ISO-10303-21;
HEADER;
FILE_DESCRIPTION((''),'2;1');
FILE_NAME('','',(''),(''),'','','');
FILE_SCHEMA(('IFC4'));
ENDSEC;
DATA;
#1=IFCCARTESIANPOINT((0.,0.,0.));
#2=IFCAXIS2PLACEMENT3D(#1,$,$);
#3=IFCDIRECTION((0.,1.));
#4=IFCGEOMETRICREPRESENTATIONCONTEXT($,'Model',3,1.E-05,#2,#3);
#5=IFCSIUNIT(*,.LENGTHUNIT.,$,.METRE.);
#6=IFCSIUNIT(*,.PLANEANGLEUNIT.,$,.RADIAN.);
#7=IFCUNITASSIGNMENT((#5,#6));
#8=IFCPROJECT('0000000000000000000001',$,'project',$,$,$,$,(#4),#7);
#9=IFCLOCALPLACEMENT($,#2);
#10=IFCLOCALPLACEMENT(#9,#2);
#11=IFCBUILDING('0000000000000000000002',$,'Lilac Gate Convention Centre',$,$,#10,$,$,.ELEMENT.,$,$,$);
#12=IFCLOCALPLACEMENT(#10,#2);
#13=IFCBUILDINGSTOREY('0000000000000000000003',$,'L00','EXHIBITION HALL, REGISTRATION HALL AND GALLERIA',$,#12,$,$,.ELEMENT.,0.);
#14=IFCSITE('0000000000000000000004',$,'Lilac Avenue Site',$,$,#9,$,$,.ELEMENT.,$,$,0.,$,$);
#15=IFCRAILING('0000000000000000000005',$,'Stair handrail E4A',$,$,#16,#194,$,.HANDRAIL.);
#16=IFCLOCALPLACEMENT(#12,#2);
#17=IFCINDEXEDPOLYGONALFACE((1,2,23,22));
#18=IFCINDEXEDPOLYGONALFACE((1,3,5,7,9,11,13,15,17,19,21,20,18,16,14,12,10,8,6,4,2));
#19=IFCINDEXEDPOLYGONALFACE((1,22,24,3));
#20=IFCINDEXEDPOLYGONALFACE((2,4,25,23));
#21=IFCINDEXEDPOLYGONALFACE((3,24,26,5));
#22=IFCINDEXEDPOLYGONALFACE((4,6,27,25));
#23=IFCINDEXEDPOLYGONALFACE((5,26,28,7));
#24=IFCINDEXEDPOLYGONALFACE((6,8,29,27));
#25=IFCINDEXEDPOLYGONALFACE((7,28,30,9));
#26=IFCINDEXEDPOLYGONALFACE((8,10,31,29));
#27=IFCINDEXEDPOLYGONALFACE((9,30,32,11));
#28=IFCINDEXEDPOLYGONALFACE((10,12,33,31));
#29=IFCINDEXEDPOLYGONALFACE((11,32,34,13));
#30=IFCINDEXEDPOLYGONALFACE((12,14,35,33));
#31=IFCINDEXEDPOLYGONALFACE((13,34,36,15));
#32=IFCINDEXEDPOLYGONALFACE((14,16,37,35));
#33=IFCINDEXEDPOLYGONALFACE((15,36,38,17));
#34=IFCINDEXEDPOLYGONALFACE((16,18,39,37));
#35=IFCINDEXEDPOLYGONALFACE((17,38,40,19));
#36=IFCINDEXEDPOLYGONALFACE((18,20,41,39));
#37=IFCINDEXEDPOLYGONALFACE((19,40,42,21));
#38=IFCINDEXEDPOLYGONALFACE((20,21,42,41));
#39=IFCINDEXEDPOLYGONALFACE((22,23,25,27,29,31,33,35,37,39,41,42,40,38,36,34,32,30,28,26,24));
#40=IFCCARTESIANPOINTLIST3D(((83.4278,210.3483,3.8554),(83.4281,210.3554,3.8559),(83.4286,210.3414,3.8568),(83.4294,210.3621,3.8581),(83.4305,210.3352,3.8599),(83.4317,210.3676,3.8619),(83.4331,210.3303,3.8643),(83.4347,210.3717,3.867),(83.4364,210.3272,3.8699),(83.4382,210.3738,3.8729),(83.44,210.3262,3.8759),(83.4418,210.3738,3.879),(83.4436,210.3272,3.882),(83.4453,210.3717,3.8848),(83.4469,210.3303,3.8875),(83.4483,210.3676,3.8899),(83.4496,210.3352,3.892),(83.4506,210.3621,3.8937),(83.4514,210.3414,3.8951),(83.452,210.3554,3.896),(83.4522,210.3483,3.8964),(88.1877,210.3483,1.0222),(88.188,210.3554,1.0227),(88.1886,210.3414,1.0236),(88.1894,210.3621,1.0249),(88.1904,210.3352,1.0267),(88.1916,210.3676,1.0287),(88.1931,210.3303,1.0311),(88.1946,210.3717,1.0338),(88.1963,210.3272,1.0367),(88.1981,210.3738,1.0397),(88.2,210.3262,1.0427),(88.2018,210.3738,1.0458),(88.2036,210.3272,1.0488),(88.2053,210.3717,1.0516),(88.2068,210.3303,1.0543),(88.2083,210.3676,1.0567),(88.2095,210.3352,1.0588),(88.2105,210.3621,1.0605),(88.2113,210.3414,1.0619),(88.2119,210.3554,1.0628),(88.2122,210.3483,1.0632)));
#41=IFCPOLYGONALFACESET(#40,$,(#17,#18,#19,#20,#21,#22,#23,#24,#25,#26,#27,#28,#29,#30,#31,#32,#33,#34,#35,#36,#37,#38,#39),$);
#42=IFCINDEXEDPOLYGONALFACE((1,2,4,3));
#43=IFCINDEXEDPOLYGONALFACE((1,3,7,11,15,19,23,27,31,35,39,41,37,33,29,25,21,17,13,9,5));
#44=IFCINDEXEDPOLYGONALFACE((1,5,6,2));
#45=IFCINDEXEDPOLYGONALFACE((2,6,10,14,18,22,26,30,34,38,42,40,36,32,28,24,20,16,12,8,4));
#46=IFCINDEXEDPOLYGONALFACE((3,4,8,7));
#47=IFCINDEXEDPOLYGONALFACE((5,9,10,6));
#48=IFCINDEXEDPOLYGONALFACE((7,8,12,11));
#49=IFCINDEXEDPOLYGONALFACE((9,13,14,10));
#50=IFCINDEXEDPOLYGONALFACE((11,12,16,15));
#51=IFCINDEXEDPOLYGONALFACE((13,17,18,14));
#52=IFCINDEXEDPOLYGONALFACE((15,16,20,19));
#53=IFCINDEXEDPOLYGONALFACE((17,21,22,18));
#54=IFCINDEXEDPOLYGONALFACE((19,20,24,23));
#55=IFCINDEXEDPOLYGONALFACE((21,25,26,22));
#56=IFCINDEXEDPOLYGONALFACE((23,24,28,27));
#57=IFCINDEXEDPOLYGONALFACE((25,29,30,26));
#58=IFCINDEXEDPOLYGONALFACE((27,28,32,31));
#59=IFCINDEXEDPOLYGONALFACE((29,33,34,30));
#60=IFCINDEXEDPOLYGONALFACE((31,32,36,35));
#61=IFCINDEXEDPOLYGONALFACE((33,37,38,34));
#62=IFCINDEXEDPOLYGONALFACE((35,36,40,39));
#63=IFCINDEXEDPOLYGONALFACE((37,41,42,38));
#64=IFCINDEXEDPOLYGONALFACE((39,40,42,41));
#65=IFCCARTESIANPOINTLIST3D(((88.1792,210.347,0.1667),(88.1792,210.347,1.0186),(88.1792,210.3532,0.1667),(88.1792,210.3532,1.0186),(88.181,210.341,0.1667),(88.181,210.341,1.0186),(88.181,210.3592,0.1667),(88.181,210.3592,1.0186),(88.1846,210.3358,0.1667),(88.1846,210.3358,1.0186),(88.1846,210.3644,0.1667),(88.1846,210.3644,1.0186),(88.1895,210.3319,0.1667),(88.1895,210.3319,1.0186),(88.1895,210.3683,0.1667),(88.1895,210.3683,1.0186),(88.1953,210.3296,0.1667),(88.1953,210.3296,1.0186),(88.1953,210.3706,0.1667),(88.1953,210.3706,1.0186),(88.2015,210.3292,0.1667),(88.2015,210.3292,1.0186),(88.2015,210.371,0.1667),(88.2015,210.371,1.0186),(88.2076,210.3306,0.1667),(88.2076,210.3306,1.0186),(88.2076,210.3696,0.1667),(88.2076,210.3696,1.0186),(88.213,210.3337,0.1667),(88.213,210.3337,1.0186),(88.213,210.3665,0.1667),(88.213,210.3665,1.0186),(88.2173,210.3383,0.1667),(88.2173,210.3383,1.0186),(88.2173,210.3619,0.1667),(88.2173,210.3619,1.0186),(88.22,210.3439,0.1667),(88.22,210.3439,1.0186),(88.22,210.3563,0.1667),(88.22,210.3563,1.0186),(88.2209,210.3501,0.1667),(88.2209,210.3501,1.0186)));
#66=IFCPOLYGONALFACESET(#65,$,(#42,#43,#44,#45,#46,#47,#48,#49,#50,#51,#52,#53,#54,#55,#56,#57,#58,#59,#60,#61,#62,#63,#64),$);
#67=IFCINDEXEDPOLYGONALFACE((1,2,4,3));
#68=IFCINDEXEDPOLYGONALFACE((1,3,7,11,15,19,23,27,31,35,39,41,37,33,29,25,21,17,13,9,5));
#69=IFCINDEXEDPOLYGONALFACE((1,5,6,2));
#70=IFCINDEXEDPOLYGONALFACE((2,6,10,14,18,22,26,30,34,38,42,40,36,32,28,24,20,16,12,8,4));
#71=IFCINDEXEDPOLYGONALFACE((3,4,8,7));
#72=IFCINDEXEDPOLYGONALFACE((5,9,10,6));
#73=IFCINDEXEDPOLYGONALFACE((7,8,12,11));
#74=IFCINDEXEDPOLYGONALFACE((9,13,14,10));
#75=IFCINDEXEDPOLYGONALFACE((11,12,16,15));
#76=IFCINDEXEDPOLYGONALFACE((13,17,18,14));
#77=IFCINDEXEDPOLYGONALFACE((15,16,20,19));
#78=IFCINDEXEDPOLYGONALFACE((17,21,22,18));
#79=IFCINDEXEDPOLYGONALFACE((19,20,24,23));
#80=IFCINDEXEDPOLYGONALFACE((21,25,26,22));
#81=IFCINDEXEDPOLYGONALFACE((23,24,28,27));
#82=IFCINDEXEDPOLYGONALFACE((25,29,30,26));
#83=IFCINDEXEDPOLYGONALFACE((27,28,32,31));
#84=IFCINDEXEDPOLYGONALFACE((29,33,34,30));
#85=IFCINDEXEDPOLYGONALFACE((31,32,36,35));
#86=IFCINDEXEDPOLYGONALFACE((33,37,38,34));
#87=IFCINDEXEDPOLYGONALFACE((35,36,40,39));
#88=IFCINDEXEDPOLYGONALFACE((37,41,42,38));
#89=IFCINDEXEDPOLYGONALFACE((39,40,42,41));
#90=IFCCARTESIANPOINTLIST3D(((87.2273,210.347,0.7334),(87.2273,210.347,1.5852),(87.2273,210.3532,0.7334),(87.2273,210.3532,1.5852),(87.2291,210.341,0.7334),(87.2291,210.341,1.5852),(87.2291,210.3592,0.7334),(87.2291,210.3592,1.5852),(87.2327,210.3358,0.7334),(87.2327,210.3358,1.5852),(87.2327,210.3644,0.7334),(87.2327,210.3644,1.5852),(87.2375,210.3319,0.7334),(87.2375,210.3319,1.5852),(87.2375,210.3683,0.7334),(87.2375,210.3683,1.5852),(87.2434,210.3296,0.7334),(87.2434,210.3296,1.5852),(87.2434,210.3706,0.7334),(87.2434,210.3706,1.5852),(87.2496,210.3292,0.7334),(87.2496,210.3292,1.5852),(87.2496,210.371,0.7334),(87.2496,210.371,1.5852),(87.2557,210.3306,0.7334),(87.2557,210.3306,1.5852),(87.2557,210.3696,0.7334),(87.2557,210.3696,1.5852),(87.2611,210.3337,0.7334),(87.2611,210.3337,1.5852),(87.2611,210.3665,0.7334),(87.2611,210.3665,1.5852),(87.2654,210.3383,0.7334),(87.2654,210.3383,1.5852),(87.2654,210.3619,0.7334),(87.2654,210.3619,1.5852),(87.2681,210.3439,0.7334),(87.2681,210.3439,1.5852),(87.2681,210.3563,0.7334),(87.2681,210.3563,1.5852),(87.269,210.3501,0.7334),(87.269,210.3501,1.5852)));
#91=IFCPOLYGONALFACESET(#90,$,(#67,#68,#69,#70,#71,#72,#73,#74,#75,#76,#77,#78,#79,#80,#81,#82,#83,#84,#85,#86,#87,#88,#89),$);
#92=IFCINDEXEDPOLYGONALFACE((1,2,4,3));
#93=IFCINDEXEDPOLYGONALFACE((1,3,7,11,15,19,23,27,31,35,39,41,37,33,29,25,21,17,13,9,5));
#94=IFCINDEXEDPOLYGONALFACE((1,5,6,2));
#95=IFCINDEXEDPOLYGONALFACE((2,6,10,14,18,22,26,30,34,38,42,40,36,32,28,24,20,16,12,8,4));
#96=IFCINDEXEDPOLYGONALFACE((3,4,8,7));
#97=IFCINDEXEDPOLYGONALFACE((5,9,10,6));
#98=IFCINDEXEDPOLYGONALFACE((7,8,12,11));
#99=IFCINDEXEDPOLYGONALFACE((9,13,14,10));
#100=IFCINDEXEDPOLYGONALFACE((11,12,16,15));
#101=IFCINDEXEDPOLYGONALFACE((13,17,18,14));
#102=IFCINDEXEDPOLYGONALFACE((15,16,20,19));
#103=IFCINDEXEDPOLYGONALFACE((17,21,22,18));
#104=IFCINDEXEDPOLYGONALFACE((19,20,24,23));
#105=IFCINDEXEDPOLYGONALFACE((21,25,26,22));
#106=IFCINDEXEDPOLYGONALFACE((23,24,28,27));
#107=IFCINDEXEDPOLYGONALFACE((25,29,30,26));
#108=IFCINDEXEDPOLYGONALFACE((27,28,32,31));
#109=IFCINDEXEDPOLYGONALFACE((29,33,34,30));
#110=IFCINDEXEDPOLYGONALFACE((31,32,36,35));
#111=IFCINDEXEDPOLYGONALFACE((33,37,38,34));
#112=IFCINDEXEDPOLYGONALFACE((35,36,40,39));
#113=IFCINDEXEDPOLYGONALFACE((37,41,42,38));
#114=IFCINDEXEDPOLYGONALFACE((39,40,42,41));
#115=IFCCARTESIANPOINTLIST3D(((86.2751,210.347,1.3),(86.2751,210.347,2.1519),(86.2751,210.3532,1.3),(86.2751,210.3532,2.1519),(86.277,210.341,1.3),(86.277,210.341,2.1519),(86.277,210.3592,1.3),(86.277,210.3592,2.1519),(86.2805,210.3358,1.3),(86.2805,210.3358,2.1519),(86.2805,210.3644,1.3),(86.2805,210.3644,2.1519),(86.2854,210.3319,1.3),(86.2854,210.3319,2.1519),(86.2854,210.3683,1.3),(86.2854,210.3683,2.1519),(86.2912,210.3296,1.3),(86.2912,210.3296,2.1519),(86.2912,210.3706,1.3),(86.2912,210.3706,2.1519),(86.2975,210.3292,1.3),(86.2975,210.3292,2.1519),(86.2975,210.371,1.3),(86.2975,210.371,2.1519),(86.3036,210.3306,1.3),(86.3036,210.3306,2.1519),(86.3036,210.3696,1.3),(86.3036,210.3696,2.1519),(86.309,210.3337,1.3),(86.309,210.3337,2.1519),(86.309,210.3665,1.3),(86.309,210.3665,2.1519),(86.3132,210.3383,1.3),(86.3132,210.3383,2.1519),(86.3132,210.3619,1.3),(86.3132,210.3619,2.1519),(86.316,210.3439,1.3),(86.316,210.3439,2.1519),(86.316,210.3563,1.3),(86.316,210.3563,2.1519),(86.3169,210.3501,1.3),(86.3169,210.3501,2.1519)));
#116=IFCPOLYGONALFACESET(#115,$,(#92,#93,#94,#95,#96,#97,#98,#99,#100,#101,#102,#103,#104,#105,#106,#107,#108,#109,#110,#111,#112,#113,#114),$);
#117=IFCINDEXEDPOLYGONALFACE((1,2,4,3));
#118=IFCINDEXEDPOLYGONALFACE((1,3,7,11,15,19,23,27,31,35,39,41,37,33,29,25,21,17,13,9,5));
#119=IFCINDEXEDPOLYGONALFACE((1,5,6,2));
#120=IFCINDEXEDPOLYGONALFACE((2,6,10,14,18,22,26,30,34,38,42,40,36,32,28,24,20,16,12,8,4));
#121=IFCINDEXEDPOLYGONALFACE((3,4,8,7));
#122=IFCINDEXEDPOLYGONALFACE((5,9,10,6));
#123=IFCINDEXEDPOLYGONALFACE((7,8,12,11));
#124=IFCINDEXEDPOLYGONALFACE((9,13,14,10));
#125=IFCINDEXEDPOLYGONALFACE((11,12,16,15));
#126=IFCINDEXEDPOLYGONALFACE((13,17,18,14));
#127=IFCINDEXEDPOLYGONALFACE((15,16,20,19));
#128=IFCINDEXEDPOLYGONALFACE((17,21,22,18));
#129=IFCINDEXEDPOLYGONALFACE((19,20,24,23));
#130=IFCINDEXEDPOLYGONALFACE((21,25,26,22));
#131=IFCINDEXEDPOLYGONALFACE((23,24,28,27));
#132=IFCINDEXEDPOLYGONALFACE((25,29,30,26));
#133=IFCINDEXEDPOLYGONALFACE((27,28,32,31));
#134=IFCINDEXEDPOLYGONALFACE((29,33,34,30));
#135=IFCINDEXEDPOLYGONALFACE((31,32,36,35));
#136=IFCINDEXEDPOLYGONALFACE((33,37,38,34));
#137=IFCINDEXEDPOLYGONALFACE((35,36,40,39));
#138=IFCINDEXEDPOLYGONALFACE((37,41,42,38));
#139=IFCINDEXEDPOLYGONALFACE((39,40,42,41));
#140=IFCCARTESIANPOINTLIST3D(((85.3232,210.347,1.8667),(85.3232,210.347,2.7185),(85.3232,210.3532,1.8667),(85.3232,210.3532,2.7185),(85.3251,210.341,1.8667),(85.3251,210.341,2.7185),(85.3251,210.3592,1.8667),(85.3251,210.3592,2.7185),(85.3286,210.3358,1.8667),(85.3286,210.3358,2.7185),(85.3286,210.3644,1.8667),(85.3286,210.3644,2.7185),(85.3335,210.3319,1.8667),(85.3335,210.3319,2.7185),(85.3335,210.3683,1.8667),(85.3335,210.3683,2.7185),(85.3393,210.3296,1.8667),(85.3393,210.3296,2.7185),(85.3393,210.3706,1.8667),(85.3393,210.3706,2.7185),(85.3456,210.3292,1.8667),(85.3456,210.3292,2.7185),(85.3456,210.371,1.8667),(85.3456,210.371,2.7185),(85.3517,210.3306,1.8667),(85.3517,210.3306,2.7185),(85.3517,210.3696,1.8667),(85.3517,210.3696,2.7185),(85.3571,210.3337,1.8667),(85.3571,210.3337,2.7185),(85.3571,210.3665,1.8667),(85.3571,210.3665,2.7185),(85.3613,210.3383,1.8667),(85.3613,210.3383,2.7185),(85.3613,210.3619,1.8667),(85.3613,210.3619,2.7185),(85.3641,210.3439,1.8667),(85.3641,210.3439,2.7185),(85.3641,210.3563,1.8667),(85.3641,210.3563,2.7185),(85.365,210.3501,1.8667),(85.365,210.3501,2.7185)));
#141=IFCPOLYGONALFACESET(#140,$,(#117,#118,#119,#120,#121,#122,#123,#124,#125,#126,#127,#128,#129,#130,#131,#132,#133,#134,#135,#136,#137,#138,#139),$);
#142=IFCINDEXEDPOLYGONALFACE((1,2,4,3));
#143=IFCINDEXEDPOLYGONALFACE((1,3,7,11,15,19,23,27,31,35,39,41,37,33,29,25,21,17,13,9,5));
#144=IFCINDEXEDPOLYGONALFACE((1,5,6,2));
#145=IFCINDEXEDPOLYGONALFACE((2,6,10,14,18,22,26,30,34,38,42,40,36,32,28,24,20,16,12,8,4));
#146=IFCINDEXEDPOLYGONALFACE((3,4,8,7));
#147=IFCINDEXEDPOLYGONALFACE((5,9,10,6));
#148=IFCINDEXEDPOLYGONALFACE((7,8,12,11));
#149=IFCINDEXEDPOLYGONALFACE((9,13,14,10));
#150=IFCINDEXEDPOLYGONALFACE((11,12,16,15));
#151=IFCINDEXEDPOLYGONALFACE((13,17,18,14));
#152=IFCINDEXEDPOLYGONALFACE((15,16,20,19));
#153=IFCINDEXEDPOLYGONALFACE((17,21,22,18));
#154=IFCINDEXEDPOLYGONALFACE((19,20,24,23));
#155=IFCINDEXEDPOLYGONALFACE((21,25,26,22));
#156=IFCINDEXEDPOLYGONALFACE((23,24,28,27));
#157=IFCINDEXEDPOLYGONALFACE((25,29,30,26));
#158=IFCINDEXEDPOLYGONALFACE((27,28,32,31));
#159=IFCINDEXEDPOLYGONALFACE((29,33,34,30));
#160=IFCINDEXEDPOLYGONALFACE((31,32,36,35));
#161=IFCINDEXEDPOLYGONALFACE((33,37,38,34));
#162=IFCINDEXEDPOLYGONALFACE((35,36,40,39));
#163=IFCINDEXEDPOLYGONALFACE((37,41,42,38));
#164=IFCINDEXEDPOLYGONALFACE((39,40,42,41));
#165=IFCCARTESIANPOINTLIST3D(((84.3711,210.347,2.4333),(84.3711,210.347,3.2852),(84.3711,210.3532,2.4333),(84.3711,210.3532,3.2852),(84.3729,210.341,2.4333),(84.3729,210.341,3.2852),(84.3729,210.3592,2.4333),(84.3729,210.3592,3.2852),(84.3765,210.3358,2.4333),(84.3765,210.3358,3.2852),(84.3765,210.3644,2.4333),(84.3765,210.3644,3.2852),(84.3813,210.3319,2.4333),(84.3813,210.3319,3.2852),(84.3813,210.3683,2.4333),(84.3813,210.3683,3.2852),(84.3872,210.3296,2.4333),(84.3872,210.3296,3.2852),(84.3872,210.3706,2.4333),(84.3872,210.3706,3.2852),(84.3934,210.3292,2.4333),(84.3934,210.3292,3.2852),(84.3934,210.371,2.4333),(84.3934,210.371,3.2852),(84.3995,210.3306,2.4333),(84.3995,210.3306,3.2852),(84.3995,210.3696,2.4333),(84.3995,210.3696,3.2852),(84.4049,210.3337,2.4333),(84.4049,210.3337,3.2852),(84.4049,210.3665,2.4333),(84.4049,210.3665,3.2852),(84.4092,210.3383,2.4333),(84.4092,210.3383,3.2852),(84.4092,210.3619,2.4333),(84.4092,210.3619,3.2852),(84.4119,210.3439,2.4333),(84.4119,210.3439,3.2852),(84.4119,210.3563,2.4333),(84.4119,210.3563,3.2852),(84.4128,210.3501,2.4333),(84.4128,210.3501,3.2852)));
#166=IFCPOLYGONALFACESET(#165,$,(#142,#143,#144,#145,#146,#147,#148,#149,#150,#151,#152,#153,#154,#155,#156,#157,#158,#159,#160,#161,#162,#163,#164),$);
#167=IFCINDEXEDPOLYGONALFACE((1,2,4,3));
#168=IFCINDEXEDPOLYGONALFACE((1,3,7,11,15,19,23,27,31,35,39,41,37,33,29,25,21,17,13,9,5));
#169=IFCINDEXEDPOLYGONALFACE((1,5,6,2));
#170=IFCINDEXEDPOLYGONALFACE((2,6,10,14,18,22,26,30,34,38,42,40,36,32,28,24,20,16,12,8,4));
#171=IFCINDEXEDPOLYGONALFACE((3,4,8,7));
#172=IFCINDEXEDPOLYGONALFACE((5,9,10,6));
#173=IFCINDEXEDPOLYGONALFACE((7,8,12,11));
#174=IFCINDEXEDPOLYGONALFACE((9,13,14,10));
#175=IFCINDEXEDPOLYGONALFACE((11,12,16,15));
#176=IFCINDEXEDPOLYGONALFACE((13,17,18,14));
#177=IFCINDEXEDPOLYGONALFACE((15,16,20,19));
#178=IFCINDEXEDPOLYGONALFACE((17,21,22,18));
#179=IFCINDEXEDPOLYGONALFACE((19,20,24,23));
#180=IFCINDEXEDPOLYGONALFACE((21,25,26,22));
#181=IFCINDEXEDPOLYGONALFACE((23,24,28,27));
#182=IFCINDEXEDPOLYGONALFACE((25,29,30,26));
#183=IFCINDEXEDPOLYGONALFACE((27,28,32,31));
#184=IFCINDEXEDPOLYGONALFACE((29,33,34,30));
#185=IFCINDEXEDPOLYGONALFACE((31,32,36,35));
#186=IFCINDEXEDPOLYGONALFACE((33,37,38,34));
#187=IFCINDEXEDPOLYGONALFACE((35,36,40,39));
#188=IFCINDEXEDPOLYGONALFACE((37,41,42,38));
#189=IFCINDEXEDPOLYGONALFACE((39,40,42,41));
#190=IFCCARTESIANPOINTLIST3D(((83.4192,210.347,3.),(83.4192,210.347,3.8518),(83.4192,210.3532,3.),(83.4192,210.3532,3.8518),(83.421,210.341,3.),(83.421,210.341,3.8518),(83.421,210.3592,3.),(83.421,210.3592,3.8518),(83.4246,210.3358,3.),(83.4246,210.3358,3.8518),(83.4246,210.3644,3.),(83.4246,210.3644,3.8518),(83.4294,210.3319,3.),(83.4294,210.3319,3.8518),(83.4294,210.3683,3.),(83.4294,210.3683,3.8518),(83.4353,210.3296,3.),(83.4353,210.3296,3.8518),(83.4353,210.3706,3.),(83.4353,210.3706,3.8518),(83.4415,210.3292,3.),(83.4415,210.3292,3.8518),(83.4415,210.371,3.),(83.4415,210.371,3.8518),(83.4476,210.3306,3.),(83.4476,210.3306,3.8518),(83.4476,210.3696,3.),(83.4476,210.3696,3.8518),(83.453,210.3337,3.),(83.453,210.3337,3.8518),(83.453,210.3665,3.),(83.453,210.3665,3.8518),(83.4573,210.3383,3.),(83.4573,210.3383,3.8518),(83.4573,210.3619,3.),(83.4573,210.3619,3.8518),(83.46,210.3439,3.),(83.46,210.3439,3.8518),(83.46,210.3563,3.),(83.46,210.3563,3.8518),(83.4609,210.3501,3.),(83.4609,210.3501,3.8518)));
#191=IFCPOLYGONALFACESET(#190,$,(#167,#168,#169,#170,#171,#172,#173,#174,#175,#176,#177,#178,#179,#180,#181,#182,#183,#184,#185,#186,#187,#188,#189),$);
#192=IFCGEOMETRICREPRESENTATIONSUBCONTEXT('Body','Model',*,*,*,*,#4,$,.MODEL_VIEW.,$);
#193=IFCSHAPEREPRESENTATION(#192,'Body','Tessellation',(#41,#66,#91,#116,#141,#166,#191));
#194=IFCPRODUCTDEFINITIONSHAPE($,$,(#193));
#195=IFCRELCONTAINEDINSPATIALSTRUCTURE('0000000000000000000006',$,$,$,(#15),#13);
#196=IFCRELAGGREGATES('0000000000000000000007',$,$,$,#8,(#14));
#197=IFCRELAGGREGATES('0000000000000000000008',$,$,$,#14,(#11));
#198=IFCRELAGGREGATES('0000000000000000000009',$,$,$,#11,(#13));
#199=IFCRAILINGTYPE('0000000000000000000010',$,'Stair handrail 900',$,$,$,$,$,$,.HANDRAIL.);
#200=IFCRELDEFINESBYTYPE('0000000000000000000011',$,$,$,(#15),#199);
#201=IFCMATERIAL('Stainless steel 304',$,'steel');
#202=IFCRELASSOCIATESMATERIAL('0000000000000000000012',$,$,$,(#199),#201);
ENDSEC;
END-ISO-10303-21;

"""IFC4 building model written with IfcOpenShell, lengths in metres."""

from ifc_helpers import new_model, si_unit, direction, frame, origin, origin_2d, place, context, subcontext, project, spatial, circle, extrude, material, type_object, element, save


model = new_model("IFC4")

# Units and contexts
model_context = context("Model", 3, precision=1e-05, world=origin(), true_north=direction((0.0, 1.0)))
body_context = subcontext(model_context, "Body", "Model", "MODEL_VIEW")
ifc_project = project(units=[si_unit("LENGTHUNIT", "METRE"), si_unit("PLANEANGLEUNIT", "RADIAN")], contexts=[model_context])

# Site, building, storey
site_placement = place(None, origin())
site = spatial("IfcSite", under=ifc_project, at=site_placement, Name="Lilac Avenue Site", CompositionType="ELEMENT", RefElevation=0.0)
building_placement = place(site_placement, origin())
building = spatial("IfcBuilding", under=site, at=building_placement, Name="Lilac Gate Convention Centre", CompositionType="ELEMENT")
storey_placement = place(building_placement, origin())
storey = spatial("IfcBuildingStorey", under=building, at=storey_placement, Name="L00", Description="EXHIBITION HALL, REGISTRATION HALL AND GALLERIA", CompositionType="ELEMENT", Elevation=0.0)

# Railing
ifc_material_1 = material(Name="Stainless steel 304", Category="steel")
railing_type_1 = type_object("IfcRailingType", Name="Stair handrail 900", PredefinedType="HANDRAIL", material=ifc_material_1)
railing_1_placement = place(storey_placement, frame((88.2, 210.3501, 0.1667)))
element("IfcRailing", 1, at=railing_1_placement, inside=storey, type_object=railing_type_1, Name="Stair handrail E4A", PredefinedType="HANDRAIL", context=body_context, shape_type="SweptSolid", body=[
    extrude(circle(Radius=0.0239, at=origin_2d()), frame((0.0, 0.0, 0.876), z_axis=(-0.8593, 0.0, 0.511472), x_axis=(0.0, -1.0, 0.0)), (0.0, 0.0, 1.0), 5.5393),
    extrude(circle(Radius=0.021, at=origin_2d()), origin(), (0.0, 0.0, 1.0), 0.8518),
    extrude(circle(Radius=0.021, at=origin_2d()), frame((-0.9519, 0.0, 0.5667)), (0.0, 0.0, 1.0), 0.8518),
    extrude(circle(Radius=0.021, at=origin_2d()), frame((-1.9041, 0.0, 1.1333)), (0.0, 0.0, 1.0), 0.8518),
    extrude(circle(Radius=0.021, at=origin_2d()), frame((-2.856, 0.0, 1.7)), (0.0, 0.0, 1.0), 0.8518),
    extrude(circle(Radius=0.021, at=origin_2d()), frame((-3.8081, 0.0, 2.2666)), (0.0, 0.0, 1.0), 0.8518),
    extrude(circle(Radius=0.021, at=origin_2d()), frame((-4.76, 0.0, 2.8333)), (0.0, 0.0, 1.0), 0.8518),
])

save(model, "model.ifc")
